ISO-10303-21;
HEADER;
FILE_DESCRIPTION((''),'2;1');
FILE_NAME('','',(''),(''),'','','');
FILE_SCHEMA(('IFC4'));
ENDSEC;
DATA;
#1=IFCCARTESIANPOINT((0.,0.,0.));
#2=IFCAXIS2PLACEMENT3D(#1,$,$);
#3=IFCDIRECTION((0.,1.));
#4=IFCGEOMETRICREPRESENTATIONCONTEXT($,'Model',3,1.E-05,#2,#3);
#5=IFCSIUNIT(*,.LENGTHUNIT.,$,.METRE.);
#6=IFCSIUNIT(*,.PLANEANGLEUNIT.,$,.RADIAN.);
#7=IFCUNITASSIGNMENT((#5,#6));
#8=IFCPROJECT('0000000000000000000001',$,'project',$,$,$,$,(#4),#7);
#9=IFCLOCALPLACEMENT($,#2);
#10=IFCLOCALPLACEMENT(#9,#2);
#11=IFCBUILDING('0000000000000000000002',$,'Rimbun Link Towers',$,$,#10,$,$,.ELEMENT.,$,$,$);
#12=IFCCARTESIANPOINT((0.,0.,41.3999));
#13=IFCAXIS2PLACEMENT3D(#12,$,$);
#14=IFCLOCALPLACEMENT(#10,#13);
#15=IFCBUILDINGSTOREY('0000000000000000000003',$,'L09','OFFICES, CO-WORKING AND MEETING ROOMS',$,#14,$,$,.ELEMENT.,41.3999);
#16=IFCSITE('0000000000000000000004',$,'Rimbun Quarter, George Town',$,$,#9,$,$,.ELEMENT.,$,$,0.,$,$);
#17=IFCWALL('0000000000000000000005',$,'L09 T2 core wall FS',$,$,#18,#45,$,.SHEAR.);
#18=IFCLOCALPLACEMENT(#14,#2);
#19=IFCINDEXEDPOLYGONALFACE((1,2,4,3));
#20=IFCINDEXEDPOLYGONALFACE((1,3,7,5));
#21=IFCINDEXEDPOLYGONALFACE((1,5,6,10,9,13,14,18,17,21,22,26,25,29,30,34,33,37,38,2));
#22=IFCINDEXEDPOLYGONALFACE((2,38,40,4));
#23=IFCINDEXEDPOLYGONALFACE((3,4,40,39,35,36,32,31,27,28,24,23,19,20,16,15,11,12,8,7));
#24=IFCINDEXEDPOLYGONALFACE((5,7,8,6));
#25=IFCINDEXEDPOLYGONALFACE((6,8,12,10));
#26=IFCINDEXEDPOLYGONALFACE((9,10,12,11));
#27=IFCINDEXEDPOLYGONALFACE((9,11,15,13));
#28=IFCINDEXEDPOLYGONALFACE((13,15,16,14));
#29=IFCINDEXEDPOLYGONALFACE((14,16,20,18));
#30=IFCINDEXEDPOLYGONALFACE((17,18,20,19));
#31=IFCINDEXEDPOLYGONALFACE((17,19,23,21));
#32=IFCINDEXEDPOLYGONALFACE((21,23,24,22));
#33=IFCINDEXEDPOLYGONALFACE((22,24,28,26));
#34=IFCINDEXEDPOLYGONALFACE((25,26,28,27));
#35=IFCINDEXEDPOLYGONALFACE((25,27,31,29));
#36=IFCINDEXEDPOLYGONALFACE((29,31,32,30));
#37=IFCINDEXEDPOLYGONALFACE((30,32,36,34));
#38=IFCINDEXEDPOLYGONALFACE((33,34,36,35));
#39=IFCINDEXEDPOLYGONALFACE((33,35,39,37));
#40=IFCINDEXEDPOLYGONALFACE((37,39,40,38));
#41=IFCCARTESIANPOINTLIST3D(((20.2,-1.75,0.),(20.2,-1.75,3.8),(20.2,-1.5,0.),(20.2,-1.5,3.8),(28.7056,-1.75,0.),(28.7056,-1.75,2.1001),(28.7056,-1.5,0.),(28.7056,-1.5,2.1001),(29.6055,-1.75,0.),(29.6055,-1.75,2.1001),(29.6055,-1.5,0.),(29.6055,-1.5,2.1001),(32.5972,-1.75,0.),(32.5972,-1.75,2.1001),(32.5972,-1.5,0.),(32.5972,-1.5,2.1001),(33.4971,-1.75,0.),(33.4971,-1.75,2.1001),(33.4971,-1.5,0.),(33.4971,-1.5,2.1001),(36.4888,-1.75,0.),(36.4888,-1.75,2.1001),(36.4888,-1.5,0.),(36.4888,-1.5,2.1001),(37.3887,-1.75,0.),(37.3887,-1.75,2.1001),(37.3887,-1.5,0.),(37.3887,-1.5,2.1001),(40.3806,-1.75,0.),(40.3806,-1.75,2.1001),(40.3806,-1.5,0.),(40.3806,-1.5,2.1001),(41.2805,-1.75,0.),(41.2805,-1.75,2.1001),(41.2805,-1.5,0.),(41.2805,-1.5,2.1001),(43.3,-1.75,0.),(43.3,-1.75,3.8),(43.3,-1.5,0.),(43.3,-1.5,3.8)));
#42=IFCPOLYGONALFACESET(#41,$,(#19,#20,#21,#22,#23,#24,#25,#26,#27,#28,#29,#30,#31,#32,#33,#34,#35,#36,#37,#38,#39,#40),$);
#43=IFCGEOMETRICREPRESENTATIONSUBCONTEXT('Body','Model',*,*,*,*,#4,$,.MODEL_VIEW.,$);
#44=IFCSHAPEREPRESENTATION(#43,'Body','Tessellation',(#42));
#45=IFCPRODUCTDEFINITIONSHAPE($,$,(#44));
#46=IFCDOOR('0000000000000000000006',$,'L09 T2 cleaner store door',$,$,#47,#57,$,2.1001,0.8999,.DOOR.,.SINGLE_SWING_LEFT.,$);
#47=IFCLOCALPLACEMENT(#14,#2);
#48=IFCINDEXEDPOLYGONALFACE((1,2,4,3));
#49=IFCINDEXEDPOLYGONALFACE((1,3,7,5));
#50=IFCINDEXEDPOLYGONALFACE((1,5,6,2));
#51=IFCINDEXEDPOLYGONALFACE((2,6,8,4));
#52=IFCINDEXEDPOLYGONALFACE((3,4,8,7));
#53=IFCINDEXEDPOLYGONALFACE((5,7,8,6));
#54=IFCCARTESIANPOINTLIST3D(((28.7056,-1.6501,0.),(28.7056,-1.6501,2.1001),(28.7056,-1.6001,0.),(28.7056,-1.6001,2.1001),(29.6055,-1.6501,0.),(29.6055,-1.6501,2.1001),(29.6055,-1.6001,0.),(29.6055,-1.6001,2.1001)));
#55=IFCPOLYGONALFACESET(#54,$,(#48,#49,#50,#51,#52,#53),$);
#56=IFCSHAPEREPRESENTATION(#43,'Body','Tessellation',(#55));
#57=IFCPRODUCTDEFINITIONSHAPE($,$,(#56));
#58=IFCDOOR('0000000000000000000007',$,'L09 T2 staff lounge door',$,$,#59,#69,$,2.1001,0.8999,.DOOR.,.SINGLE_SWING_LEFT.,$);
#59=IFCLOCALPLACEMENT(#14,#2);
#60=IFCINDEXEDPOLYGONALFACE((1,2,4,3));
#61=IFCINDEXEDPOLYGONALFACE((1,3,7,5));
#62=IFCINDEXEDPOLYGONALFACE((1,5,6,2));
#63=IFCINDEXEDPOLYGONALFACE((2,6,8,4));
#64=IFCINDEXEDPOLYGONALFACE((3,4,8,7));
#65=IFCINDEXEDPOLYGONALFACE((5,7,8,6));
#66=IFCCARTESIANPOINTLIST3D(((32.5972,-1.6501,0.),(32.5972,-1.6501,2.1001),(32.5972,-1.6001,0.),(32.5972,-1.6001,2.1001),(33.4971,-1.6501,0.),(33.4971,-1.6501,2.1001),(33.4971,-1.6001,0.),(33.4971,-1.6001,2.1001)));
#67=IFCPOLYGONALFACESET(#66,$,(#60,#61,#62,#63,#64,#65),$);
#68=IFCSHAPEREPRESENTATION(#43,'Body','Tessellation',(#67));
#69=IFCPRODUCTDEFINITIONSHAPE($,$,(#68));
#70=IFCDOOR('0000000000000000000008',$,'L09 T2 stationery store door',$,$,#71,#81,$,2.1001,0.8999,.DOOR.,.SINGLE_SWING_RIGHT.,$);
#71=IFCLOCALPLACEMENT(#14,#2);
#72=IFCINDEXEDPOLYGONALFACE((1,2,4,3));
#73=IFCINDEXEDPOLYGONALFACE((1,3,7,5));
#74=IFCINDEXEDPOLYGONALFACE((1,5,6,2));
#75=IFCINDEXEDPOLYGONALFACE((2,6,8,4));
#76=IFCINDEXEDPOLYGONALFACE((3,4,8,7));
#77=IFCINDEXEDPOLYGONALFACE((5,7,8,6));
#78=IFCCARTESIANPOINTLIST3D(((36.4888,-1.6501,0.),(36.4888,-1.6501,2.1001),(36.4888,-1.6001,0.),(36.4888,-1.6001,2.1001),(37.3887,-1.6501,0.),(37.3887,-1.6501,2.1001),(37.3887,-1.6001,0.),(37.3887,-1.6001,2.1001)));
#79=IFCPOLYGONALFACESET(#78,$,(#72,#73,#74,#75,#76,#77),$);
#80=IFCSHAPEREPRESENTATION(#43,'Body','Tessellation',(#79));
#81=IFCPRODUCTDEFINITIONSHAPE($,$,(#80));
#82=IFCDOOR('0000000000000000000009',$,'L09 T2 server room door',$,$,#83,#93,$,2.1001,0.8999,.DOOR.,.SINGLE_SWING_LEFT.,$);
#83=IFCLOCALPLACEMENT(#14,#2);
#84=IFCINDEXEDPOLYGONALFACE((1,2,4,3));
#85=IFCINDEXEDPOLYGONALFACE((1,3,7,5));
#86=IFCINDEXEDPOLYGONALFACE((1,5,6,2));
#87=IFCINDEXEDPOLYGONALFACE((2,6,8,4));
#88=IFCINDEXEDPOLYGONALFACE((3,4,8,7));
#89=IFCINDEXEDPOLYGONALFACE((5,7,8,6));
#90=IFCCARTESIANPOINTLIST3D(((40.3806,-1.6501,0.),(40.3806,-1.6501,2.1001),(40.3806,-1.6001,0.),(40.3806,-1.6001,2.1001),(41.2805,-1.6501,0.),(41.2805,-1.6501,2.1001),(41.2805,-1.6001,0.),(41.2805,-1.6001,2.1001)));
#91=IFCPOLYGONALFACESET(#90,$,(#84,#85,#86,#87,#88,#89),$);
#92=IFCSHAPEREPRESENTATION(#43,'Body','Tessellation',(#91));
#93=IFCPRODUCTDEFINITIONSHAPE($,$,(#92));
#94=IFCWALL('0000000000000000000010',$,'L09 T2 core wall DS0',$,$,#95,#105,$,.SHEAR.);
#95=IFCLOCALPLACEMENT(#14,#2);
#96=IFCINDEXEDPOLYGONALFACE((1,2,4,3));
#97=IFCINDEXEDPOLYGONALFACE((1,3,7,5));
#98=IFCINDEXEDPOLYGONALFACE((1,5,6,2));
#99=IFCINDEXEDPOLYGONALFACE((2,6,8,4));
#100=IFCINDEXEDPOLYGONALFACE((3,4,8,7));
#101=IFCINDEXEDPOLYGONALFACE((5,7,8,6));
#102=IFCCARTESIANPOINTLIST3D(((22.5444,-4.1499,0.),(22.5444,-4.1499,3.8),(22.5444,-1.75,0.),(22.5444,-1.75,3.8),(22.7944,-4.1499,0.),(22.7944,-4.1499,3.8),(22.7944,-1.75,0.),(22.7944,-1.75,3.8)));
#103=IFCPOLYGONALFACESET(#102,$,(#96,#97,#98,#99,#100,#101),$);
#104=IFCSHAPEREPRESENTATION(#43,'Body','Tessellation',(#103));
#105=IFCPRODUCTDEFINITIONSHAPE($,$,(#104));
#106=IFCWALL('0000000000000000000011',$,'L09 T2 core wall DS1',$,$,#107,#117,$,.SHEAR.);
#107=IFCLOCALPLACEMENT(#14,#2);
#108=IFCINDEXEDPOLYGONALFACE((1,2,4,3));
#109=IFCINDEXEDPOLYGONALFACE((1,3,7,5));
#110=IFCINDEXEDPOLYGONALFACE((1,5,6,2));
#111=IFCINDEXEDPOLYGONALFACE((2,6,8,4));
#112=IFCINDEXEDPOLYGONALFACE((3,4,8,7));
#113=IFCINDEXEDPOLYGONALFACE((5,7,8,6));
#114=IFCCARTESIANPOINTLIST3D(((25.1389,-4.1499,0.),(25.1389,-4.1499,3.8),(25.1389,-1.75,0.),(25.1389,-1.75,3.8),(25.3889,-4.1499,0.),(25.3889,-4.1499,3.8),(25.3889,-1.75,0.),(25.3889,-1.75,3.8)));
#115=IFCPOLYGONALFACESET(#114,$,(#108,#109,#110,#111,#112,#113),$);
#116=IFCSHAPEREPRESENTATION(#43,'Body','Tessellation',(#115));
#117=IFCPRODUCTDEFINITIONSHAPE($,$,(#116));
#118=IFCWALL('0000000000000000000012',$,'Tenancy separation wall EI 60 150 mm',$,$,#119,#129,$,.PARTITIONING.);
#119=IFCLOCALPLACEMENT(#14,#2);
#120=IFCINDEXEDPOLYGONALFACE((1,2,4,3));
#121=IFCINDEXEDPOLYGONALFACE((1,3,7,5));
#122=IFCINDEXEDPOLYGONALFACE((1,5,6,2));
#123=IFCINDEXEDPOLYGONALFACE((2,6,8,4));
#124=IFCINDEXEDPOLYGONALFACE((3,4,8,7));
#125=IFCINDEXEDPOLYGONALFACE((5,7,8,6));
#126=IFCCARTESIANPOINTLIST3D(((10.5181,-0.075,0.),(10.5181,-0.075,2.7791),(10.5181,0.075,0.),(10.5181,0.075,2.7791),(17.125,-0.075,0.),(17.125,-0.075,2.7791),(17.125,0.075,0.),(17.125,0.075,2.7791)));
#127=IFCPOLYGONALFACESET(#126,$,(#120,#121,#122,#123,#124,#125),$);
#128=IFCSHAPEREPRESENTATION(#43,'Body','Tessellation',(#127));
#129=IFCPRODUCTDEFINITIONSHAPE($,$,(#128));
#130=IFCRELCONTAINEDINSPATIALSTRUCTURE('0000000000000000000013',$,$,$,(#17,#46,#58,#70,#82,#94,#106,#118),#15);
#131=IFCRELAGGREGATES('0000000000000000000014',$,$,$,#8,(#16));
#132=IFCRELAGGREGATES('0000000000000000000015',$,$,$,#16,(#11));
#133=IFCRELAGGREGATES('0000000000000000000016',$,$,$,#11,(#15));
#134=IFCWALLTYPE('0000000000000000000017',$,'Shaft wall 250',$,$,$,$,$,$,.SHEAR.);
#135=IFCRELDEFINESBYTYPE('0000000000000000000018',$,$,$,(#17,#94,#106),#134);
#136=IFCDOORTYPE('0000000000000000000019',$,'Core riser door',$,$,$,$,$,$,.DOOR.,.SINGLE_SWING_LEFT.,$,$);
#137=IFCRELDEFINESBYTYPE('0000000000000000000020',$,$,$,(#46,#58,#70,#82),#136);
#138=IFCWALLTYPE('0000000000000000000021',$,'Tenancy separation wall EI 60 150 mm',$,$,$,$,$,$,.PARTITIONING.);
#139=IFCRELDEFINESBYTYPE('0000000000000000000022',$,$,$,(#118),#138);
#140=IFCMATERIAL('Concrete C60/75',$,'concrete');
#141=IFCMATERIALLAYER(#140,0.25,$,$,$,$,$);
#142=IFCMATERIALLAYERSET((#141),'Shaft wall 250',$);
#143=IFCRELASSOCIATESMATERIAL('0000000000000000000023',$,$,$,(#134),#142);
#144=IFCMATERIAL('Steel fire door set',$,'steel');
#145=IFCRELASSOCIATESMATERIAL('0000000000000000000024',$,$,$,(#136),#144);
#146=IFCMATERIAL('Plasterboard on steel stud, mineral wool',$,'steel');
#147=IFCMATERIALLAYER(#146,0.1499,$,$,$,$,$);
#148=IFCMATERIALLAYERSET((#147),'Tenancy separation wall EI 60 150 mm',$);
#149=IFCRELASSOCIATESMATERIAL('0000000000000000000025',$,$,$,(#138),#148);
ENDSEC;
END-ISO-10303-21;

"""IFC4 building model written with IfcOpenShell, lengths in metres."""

from ifc_helpers import new_model, si_unit, direction, frame, frame_2d, origin, place, context, subcontext, project, spatial, rectangle, extrude, material, layer, layer_set, type_object, element, fill, save


model = new_model("IFC4")

# Units and contexts
model_context = context("Model", 3, precision=1e-05, world=origin(), true_north=direction((0.0, 1.0)))
body_context = subcontext(model_context, "Body", "Model", "MODEL_VIEW")
ifc_project = project(units=[si_unit("LENGTHUNIT", "METRE"), si_unit("PLANEANGLEUNIT", "RADIAN")], contexts=[model_context])

# Site, building, storey
site_placement = place(None, origin())
site = spatial("IfcSite", under=ifc_project, at=site_placement, Name="Rimbun Quarter, George Town", CompositionType="ELEMENT", RefElevation=0.0)
building_placement = place(site_placement, origin())
building = spatial("IfcBuilding", under=site, at=building_placement, Name="Rimbun Link Towers", CompositionType="ELEMENT")
storey_placement = place(building_placement, frame((0.0, 0.0, 41.3999)))
storey = spatial("IfcBuildingStorey", under=building, at=storey_placement, Name="L09", Description="OFFICES, CO-WORKING AND MEETING ROOMS", CompositionType="ELEMENT", Elevation=41.3999)

# Shared definitions
ifc_material_1 = material(Name="Concrete C60/75", Category="concrete")
ifc_layer_1 = layer(ifc_material_1, 0.25)
ifc_layer_set_1 = layer_set([ifc_layer_1], Name="Shaft wall 250")
wall_type_1 = type_object("IfcWallType", Name="Shaft wall 250", PredefinedType="SHEAR", material=ifc_layer_set_1)

# Wall, openings, doors
wall_1_placement = place(storey_placement, frame((20.2, -1.625, 0.0), z_axis=(0.0, 0.0, 1.0), x_axis=(1.0, 0.0, 0.0)))
wall_1 = element("IfcWall", 1, at=wall_1_placement, inside=storey, type_object=wall_type_1, Name="L09 T2 core wall FS", PredefinedType="SHEAR", context=body_context, shape_type="SweptSolid", body=[
    extrude(rectangle(XDim=23.1001, YDim=0.25, at=frame_2d((11.55, 0.0))), origin(), (0.0, 0.0, 1.0), 3.8),
])
opening_1_placement = place(wall_1_placement, frame((8.5056, 0.0, 0.0)))
opening_1 = element("IfcOpeningElement", 2, at=opening_1_placement, cuts=wall_1, PredefinedType="OPENING", context=body_context, shape_type="SweptSolid", body=[
    extrude(rectangle(XDim=0.8999, YDim=2.1001, at=frame_2d((0.45, 1.05))), frame((0.0, 0.135, 0.0), z_axis=(0.0, -1.0, 0.0), x_axis=(1.0, 0.0, 0.0)), (0.0, 0.0, 1.0), 0.27),
])
opening_2_placement = place(wall_1_placement, frame((12.3972, 0.0, 0.0)))
opening_2 = element("IfcOpeningElement", 3, at=opening_2_placement, cuts=wall_1, PredefinedType="OPENING", context=body_context, shape_type="SweptSolid", body=[
    extrude(rectangle(XDim=0.8999, YDim=2.1001, at=frame_2d((0.45, 1.05))), frame((0.0, 0.135, 0.0), z_axis=(0.0, -1.0, 0.0), x_axis=(1.0, 0.0, 0.0)), (0.0, 0.0, 1.0), 0.27),
])
opening_3_placement = place(wall_1_placement, frame((16.2888, 0.0, 0.0)))
opening_3 = element("IfcOpeningElement", 4, at=opening_3_placement, cuts=wall_1, PredefinedType="OPENING", context=body_context, shape_type="SweptSolid", body=[
    extrude(rectangle(XDim=0.8999, YDim=2.1001, at=frame_2d((0.45, 1.05))), frame((0.0, 0.135, 0.0), z_axis=(0.0, -1.0, 0.0), x_axis=(1.0, 0.0, 0.0)), (0.0, 0.0, 1.0), 0.27),
])
opening_4_placement = place(wall_1_placement, frame((20.1807, 0.0, 0.0)))
opening_4 = element("IfcOpeningElement", 5, at=opening_4_placement, cuts=wall_1, PredefinedType="OPENING", context=body_context, shape_type="SweptSolid", body=[
    extrude(rectangle(XDim=0.8999, YDim=2.1001, at=frame_2d((0.45, 1.05))), frame((0.0, 0.135, 0.0), z_axis=(0.0, -1.0, 0.0), x_axis=(1.0, 0.0, 0.0)), (0.0, 0.0, 1.0), 0.27),
])
ifc_material_2 = material(Name="Steel fire door set", Category="steel")
door_type_1 = type_object("IfcDoorType", Name="Core riser door", OperationType="SINGLE_SWING_LEFT", PredefinedType="DOOR", material=ifc_material_2)
door_1_placement = place(opening_1_placement, origin())
door_1 = element("IfcDoor", 6, at=door_1_placement, inside=storey, type_object=door_type_1, Name="L09 T2 cleaner store door", OperationType="SINGLE_SWING_LEFT", OverallHeight=2.1001, OverallWidth=0.8999, PredefinedType="DOOR", context=body_context, shape_type="SweptSolid", body=[
    extrude(rectangle(XDim=0.8999, YDim=2.1001, at=frame_2d((0.45, 1.05))), frame((0.0, 0.0249, 0.0), z_axis=(0.0, -1.0, 0.0), x_axis=(1.0, 0.0, 0.0)), (0.0, 0.0, 1.0), 0.05),
])
fill(opening_1, door_1)
door_2_placement = place(opening_2_placement, origin())
door_2 = element("IfcDoor", 7, at=door_2_placement, inside=storey, type_object=door_type_1, Name="L09 T2 staff lounge door", OperationType="SINGLE_SWING_LEFT", OverallHeight=2.1001, OverallWidth=0.8999, PredefinedType="DOOR", context=body_context, shape_type="SweptSolid", body=[
    extrude(rectangle(XDim=0.8999, YDim=2.1001, at=frame_2d((0.45, 1.05))), frame((0.0, 0.0249, 0.0), z_axis=(0.0, -1.0, 0.0), x_axis=(1.0, 0.0, 0.0)), (0.0, 0.0, 1.0), 0.05),
])
fill(opening_2, door_2)
door_3_placement = place(opening_3_placement, origin())
door_3 = element("IfcDoor", 8, at=door_3_placement, inside=storey, type_object=door_type_1, Name="L09 T2 stationery store door", OperationType="SINGLE_SWING_RIGHT", OverallHeight=2.1001, OverallWidth=0.8999, PredefinedType="DOOR", context=body_context, shape_type="SweptSolid", body=[
    extrude(rectangle(XDim=0.8999, YDim=2.1001, at=frame_2d((0.45, 1.05))), frame((0.0, 0.0249, 0.0), z_axis=(0.0, -1.0, 0.0), x_axis=(1.0, 0.0, 0.0)), (0.0, 0.0, 1.0), 0.05),
])
fill(opening_3, door_3)
door_4_placement = place(opening_4_placement, origin())
door_4 = element("IfcDoor", 9, at=door_4_placement, inside=storey, type_object=door_type_1, Name="L09 T2 server room door", OperationType="SINGLE_SWING_LEFT", OverallHeight=2.1001, OverallWidth=0.8999, PredefinedType="DOOR", context=body_context, shape_type="SweptSolid", body=[
    extrude(rectangle(XDim=0.8999, YDim=2.1001, at=frame_2d((0.45, 1.05))), frame((0.0, 0.0249, 0.0), z_axis=(0.0, -1.0, 0.0), x_axis=(1.0, 0.0, 0.0)), (0.0, 0.0, 1.0), 0.05),
])
fill(opening_4, door_4)

# Walls
for number, where, z_axis, x_axis, name in (
    (10, (22.6694, -4.1499, 0.0), (0.0, 0.0, 1.0), (0.0, 1.0, 0.0), "L09 T2 core wall DS0"),
    (11, (25.2639, -4.1499, 0.0), (0.0, 0.0, 1.0), (0.0, 1.0, 0.0), "L09 T2 core wall DS1"),
):
    element("IfcWall", number, at=place(storey_placement, frame(where, z_axis=z_axis, x_axis=x_axis)), inside=storey, type_object=wall_type_1, Name=name, PredefinedType="SHEAR", context=body_context, shape_type="SweptSolid", body=[
        extrude(rectangle(XDim=2.3999, YDim=0.25, at=frame_2d((1.2, 0.0))), origin(), (0.0, 0.0, 1.0), 3.8),
    ])
ifc_material_3 = material(Name="Plasterboard on steel stud, mineral wool", Category="steel")
ifc_layer_2 = layer(ifc_material_3, 0.1499)
ifc_layer_set_2 = layer_set([ifc_layer_2], Name="Tenancy separation wall EI 60 150 mm")
wall_type_2 = type_object("IfcWallType", Name="Tenancy separation wall EI 60 150 mm", PredefinedType="PARTITIONING", material=ifc_layer_set_2)
wall_2_placement = place(storey_placement, frame((17.125, 0.0, 0.0), z_axis=(0.0, 0.0, 1.0), x_axis=(-1.0, 0.0, 0.0)))
element("IfcWall", 12, at=wall_2_placement, inside=storey, type_object=wall_type_2, Name="Tenancy separation wall EI 60 150 mm", PredefinedType="PARTITIONING", context=body_context, shape_type="SweptSolid", body=[
    extrude(rectangle(XDim=6.6069, YDim=0.1499, at=frame_2d((3.3035, 0.0))), origin(), (0.0, 0.0, 1.0), 2.7791),
])

save(model, "model.ifc")
